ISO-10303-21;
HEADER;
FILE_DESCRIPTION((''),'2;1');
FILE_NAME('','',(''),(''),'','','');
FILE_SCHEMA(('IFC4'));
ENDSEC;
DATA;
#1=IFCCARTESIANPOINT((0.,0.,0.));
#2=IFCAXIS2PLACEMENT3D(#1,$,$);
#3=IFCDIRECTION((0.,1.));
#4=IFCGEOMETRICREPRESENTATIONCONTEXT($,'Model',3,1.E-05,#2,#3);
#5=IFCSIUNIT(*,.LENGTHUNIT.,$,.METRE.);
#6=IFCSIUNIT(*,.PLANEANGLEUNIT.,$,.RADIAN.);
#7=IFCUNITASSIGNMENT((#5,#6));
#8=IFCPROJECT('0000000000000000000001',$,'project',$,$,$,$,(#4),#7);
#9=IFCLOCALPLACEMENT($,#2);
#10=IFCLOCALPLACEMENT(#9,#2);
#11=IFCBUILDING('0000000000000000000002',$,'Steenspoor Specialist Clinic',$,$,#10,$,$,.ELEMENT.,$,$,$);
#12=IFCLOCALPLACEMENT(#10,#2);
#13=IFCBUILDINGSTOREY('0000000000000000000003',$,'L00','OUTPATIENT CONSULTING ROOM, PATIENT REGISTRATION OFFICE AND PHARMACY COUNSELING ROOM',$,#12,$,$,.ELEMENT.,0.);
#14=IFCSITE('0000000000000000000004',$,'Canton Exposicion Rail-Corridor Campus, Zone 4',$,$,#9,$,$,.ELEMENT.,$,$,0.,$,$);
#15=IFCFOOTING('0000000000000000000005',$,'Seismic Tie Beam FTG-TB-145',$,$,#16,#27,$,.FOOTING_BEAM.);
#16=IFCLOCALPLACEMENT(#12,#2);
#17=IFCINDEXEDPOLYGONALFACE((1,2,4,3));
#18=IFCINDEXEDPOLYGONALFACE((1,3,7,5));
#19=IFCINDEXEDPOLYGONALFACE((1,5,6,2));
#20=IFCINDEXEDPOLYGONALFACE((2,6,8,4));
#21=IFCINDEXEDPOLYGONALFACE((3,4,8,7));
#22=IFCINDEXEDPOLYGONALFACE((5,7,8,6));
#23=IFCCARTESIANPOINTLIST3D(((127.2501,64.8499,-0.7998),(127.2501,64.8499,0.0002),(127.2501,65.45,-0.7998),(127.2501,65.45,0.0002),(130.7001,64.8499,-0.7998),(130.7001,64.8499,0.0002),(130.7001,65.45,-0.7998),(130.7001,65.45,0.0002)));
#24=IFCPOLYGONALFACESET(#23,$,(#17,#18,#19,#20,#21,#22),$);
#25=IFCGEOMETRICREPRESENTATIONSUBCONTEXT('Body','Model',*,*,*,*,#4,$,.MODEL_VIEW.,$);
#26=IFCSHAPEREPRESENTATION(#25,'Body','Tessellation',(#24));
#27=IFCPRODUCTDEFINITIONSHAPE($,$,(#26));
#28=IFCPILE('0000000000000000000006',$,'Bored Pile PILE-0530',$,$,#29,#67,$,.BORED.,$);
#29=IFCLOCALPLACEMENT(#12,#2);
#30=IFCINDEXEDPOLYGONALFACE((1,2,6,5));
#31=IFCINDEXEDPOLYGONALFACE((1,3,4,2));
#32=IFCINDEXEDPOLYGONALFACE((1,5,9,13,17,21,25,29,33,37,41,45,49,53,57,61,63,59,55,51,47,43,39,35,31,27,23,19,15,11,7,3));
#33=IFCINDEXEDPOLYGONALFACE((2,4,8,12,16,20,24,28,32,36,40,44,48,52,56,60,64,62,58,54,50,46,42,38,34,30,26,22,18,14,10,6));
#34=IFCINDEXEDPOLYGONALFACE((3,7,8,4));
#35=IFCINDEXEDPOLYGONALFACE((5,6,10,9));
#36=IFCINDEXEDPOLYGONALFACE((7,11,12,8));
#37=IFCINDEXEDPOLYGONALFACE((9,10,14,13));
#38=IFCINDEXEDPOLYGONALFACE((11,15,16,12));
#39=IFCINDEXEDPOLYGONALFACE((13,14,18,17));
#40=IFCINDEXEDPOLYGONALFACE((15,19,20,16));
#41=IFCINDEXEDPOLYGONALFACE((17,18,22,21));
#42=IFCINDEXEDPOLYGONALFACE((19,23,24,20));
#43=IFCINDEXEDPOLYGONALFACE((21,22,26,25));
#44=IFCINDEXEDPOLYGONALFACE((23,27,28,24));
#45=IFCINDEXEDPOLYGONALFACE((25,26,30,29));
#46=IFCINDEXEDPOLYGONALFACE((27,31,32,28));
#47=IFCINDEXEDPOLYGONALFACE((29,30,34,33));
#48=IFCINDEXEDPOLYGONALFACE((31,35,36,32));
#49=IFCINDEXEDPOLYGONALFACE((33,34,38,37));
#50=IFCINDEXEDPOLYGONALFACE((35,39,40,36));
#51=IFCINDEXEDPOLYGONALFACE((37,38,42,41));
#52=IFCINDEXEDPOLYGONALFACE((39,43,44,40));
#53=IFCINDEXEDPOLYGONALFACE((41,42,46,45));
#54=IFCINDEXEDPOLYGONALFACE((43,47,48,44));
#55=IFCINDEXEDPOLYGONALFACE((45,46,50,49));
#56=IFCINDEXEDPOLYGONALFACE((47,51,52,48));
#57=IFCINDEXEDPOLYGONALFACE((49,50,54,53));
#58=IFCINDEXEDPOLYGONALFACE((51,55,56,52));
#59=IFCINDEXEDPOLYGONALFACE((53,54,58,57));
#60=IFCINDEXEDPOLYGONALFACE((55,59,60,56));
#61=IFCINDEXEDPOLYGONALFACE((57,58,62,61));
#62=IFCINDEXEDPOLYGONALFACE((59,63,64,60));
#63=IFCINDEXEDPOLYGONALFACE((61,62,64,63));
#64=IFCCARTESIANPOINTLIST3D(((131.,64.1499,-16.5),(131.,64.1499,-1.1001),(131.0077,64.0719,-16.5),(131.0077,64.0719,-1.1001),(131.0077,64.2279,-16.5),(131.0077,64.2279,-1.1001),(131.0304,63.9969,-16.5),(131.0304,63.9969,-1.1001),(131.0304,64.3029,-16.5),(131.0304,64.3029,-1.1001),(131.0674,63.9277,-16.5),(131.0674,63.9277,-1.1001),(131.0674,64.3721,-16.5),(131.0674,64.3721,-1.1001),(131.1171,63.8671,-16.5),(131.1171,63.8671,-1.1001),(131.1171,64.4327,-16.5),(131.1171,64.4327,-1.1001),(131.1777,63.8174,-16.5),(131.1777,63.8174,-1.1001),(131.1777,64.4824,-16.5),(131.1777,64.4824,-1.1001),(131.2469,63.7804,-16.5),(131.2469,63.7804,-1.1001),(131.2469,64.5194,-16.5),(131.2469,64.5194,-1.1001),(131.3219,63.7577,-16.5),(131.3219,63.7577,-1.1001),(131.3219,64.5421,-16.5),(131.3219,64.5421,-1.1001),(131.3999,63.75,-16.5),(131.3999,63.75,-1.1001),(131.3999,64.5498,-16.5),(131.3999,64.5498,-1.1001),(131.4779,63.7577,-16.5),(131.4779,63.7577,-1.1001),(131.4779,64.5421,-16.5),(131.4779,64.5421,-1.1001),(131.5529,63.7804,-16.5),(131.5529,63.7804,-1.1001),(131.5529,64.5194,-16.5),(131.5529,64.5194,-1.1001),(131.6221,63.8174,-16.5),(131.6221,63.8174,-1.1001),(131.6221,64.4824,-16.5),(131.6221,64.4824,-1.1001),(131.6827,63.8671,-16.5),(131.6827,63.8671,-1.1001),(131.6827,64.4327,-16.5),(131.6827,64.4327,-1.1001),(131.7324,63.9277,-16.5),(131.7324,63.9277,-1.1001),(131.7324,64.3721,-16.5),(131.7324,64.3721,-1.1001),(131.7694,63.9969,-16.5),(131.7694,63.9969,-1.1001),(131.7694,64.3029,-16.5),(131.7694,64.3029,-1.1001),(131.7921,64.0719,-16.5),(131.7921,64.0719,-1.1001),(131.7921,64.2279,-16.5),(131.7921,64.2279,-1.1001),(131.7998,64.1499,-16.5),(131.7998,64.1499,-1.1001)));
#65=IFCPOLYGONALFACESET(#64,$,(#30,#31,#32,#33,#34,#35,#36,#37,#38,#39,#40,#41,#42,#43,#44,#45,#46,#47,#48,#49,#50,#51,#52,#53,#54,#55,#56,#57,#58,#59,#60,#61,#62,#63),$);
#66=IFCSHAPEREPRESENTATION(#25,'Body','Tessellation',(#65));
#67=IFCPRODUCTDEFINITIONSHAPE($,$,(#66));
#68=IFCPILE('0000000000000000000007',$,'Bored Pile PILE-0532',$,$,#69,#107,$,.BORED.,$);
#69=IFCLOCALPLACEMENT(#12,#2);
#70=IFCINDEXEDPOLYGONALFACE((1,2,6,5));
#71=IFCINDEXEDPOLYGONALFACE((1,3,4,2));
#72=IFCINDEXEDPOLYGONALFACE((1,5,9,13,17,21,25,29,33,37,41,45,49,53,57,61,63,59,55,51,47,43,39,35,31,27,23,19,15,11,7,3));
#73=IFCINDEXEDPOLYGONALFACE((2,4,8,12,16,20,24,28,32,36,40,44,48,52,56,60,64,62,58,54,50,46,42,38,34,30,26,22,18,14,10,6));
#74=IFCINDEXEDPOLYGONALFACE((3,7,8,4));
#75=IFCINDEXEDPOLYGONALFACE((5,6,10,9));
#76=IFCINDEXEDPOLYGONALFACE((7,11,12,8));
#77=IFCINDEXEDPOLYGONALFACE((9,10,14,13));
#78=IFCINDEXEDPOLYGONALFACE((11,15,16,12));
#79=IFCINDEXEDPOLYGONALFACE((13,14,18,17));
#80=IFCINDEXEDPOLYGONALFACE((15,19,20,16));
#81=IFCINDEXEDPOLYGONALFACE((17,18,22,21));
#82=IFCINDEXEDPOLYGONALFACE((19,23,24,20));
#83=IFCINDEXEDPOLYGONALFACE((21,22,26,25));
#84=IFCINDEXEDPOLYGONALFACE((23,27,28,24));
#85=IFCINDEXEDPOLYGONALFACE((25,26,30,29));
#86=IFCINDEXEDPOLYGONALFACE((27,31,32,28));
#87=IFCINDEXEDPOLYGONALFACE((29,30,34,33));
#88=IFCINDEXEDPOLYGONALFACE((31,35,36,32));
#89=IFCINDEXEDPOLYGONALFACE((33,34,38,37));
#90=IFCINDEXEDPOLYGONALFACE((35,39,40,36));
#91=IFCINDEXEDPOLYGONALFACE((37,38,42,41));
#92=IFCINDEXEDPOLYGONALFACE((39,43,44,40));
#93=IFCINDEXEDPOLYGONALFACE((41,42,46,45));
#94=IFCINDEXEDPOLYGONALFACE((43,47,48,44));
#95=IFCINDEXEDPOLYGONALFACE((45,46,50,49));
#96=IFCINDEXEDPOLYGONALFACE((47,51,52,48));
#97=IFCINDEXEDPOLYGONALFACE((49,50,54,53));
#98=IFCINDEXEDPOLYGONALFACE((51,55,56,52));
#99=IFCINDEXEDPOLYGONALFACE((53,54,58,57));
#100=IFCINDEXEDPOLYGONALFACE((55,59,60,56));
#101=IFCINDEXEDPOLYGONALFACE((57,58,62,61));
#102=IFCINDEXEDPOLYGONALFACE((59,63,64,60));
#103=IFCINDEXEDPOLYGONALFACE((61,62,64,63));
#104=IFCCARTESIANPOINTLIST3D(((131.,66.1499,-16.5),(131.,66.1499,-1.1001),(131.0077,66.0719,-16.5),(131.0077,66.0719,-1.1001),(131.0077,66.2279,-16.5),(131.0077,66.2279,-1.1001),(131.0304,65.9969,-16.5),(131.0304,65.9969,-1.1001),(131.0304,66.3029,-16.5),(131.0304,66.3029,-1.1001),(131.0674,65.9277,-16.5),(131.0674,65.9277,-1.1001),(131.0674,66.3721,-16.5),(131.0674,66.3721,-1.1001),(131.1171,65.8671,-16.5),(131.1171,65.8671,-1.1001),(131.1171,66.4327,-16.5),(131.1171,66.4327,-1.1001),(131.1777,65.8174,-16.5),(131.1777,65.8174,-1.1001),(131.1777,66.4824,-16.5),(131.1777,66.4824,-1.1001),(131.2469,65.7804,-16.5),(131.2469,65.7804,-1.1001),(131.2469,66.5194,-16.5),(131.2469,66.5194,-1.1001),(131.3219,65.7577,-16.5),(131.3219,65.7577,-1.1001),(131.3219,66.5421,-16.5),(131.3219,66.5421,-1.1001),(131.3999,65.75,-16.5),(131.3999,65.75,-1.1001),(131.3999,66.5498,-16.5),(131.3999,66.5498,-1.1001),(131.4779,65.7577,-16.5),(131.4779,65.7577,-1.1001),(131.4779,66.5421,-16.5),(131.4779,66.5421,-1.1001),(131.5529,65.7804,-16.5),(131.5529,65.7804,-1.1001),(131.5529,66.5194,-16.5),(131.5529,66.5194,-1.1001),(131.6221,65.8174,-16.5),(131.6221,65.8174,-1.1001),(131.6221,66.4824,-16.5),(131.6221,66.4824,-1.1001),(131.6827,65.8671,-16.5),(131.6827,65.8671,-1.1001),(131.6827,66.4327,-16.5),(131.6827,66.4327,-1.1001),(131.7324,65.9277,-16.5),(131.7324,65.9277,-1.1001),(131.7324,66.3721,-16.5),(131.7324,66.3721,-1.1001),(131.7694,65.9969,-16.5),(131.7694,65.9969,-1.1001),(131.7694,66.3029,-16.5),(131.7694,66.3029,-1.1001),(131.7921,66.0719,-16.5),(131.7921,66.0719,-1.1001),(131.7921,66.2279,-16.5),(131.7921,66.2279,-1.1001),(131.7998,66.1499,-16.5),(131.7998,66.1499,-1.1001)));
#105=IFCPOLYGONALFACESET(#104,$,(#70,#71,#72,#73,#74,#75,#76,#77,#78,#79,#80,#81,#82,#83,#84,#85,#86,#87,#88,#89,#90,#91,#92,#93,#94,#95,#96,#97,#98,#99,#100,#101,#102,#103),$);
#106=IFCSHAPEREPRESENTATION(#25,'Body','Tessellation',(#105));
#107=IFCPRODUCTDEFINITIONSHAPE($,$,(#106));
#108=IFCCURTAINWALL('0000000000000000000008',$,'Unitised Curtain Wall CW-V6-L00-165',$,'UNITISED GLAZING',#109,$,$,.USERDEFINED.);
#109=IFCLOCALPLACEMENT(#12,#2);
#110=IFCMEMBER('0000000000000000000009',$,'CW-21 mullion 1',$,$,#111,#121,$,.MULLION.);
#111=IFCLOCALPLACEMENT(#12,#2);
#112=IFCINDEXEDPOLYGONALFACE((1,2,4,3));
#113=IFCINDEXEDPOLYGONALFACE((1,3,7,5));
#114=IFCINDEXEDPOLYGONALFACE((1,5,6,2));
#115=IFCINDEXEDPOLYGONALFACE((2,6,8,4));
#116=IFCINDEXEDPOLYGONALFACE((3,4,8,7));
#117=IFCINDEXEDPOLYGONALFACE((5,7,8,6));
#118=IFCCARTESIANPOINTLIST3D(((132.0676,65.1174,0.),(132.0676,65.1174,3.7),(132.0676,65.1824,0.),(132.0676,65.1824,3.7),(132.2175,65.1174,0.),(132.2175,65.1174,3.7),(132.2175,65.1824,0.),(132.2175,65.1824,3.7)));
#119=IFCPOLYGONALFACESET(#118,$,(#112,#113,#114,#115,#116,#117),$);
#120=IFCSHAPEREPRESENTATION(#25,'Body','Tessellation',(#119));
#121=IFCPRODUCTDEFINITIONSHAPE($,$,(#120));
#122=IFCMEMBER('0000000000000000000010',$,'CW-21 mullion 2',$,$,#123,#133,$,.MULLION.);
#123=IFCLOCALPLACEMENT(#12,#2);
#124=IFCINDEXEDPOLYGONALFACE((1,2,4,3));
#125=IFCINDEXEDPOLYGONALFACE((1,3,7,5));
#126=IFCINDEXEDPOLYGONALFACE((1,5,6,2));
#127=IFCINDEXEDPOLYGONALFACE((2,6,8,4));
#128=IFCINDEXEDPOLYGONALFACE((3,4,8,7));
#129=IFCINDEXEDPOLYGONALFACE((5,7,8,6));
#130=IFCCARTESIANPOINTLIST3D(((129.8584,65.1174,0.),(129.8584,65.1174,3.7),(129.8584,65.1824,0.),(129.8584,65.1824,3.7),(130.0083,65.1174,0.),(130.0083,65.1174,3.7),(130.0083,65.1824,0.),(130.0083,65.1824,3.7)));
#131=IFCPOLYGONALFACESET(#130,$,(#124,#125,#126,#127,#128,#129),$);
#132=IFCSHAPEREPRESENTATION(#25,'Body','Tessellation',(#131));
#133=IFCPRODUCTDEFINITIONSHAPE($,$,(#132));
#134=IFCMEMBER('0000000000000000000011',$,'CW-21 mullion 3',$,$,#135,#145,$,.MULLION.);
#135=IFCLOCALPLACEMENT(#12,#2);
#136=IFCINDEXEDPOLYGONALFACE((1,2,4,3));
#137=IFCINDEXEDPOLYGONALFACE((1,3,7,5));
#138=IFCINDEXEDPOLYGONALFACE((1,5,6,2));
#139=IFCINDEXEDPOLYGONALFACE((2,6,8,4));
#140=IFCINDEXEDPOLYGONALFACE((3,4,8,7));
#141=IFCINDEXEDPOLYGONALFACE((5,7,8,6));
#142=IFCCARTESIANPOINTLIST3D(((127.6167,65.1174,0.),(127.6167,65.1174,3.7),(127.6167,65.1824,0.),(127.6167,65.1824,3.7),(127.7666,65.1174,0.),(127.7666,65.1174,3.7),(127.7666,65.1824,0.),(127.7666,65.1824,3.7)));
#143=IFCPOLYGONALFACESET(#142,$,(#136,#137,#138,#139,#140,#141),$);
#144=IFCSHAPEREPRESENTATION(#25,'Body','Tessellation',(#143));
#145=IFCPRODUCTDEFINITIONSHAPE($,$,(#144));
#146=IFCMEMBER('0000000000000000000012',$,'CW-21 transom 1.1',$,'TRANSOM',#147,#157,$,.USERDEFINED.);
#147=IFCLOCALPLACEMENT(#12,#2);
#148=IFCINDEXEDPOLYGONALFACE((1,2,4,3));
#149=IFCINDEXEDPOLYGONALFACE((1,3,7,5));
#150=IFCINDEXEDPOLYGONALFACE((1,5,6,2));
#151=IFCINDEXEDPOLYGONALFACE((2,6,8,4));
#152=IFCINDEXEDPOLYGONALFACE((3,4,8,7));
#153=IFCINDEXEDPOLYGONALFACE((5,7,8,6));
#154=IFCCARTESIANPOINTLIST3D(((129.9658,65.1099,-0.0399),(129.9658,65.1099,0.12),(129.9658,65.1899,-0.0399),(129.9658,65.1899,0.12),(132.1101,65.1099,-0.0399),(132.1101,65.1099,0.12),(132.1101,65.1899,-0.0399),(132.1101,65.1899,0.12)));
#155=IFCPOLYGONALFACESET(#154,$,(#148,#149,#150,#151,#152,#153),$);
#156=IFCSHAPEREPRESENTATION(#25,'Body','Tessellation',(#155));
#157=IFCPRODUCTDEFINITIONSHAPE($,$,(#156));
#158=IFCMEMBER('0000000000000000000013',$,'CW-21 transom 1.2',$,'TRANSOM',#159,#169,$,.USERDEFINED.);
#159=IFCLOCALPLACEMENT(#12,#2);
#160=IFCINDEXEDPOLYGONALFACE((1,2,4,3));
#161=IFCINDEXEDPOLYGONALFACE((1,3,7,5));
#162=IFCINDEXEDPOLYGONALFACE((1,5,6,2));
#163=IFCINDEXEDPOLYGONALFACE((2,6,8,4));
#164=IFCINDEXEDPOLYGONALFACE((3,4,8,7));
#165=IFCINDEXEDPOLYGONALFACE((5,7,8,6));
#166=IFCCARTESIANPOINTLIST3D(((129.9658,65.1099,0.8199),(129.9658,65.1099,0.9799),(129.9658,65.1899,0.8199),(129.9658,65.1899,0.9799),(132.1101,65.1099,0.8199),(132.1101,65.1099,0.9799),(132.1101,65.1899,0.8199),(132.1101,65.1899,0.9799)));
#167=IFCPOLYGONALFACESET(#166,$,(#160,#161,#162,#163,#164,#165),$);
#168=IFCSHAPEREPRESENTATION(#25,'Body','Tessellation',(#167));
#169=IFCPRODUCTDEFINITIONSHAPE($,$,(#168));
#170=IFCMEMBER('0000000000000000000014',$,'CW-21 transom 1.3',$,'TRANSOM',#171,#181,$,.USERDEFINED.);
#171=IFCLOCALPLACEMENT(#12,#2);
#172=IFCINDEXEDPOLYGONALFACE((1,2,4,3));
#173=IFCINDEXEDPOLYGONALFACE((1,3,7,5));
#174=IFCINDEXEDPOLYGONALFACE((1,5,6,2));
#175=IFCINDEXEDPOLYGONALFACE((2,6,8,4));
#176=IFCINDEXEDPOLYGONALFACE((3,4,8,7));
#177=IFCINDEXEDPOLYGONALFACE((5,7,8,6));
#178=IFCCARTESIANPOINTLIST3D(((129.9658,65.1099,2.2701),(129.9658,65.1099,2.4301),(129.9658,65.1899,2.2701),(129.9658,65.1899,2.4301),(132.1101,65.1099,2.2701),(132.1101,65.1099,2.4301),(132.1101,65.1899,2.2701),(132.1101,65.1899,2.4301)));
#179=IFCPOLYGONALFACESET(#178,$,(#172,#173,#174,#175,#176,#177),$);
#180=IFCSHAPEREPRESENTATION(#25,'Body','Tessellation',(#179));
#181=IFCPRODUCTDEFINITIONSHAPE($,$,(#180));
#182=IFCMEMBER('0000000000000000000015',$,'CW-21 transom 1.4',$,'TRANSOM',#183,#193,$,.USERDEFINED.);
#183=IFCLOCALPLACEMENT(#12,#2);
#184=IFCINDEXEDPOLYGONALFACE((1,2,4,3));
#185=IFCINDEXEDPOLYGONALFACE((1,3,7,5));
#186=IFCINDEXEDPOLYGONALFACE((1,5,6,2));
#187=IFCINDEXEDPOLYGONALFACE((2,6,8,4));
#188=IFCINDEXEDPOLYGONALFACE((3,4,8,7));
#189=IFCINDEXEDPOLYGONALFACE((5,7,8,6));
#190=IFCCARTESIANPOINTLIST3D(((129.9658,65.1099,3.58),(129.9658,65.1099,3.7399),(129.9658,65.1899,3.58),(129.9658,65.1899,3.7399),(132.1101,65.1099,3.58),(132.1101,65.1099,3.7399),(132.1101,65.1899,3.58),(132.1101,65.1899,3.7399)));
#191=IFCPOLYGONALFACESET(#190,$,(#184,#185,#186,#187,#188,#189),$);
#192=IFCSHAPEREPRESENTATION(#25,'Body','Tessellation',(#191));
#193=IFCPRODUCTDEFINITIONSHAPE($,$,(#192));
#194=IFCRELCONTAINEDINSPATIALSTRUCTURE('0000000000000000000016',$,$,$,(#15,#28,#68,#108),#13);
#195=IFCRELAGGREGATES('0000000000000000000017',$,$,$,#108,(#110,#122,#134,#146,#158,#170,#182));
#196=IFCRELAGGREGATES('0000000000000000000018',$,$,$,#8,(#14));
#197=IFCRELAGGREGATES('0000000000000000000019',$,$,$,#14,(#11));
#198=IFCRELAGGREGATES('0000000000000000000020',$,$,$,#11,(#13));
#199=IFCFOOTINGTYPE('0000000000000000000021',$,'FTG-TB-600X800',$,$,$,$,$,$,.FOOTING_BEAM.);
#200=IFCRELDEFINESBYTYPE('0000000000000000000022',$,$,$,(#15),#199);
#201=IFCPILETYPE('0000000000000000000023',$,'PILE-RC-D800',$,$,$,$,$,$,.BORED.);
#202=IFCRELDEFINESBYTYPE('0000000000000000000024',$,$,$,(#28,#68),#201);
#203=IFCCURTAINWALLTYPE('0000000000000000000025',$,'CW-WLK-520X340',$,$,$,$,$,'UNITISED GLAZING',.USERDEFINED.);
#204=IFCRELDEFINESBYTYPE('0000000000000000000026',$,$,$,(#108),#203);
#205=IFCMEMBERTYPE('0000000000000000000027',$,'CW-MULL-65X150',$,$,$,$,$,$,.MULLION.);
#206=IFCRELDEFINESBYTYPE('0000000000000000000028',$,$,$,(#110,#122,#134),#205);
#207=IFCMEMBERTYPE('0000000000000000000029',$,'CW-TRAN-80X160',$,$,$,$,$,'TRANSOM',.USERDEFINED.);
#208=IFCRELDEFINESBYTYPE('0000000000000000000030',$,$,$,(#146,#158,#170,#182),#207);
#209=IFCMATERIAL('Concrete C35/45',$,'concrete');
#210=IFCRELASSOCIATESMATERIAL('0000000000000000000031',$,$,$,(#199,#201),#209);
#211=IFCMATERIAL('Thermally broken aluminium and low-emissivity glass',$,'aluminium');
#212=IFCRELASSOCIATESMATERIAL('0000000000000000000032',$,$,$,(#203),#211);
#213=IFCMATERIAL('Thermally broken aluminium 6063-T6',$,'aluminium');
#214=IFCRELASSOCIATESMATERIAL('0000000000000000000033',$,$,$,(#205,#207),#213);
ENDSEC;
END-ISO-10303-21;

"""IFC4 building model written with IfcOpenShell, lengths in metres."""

from ifc_helpers import new_model, si_unit, direction, frame, origin, origin_2d, place, context, subcontext, project, spatial, rectangle, circle, extrude, material, material_profile, profile_set, type_object, element, aggregate, save


model = new_model("IFC4")

# Units and contexts
model_context = context("Model", 3, precision=1e-05, world=origin(), true_north=direction((0.0, 1.0)))
body_context = subcontext(model_context, "Body", "Model", "MODEL_VIEW")
ifc_project = project(units=[si_unit("LENGTHUNIT", "METRE"), si_unit("PLANEANGLEUNIT", "RADIAN")], contexts=[model_context])

# Site, building, storey
site_placement = place(None, origin())
site = spatial("IfcSite", under=ifc_project, at=site_placement, Name="Canton Exposicion Rail-Corridor Campus, Zone 4", CompositionType="ELEMENT", RefElevation=0.0)
building_placement = place(site_placement, origin())
building = spatial("IfcBuilding", under=site, at=building_placement, Name="Steenspoor Specialist Clinic", CompositionType="ELEMENT")
storey_placement = place(building_placement, origin())
storey = spatial("IfcBuildingStorey", under=building, at=storey_placement, Name="L00", Description="OUTPATIENT CONSULTING ROOM, PATIENT REGISTRATION OFFICE AND PHARMACY COUNSELING ROOM", CompositionType="ELEMENT", Elevation=0.0)

# Footing
ifc_material_1 = material(Name="Concrete C35/45", Category="concrete")
footing_type = type_object("IfcFootingType", Name="FTG-TB-600X800", PredefinedType="FOOTING_BEAM", material=ifc_material_1)
footing_placement = place(storey_placement, frame((128.9751, 65.1499, -0.7998), z_axis=(0.0, 0.0, 1.0), x_axis=(1.0, 0.0, 0.0)))
element("IfcFooting", 1, at=footing_placement, inside=storey, type_object=footing_type, Name="Seismic Tie Beam FTG-TB-145", PredefinedType="FOOTING_BEAM", context=body_context, shape_type="SweptSolid", body=[
    extrude(rectangle(XDim=3.45, YDim=0.6001, at=origin_2d()), origin(), (0.0, 0.0, 1.0), 0.8),
])

# Piles
ifc_material_profile_1 = material_profile(ifc_material_1, circle(Radius=0.3999, at=origin_2d()), Name="PILE-D800")
ifc_profile_set_1 = profile_set([ifc_material_profile_1], Name="Concrete C35/45")
pile_type = type_object("IfcPileType", Name="PILE-RC-D800", PredefinedType="BORED", material=ifc_profile_set_1)
for number, where, z_axis, x_axis, name in (
    (2, (131.3999, 64.1499, -1.1001), (0.0, 0.0, -1.0), (1.0, 0.0, 0.0), "Bored Pile PILE-0530"),
    (3, (131.3999, 66.1499, -1.1001), (0.0, 0.0, -1.0), (1.0, 0.0, 0.0), "Bored Pile PILE-0532"),
):
    element("IfcPile", number, at=place(storey_placement, frame(where, z_axis=z_axis, x_axis=x_axis)), inside=storey, type_object=pile_type, Name=name, PredefinedType="BORED", context=body_context, shape_type="SweptSolid", body=[
        extrude(circle(Radius=0.3999, at=origin_2d()), origin(), (0.0, 0.0, 1.0), 15.3999),
    ])

# Curtain wall, members
ifc_material_2 = material(Name="Thermally broken aluminium and low-emissivity glass", Category="aluminium")
curtain_wall_type = type_object("IfcCurtainWallType", Name="CW-WLK-520X340", ElementType="UNITISED GLAZING", PredefinedType="USERDEFINED", material=ifc_material_2)
curtain_wall_placement = place(storey_placement, origin())
curtain_wall = element("IfcCurtainWall", 4, at=curtain_wall_placement, inside=storey, type_object=curtain_wall_type, Name="Unitised Curtain Wall CW-V6-L00-165", ObjectType="UNITISED GLAZING", PredefinedType="USERDEFINED")
ifc_material_3 = material(Name="Thermally broken aluminium 6063-T6", Category="aluminium")
ifc_material_profile_2 = material_profile(ifc_material_3, rectangle(XDim=0.0649, YDim=0.1499, at=origin_2d()), Name="CWM-65X150")
ifc_profile_set_2 = profile_set([ifc_material_profile_2], Name="Thermally broken aluminium 6063-T6")
member_type_1 = type_object("IfcMemberType", Name="CW-MULL-65X150", PredefinedType="MULLION", material=ifc_profile_set_2)
member_1_placement = place(storey_placement, frame((132.1426, 65.1499, 0.0), z_axis=(0.0, 0.0, 1.0), x_axis=(0.0, -1.0, 0.0)))
member_1 = element("IfcMember", 5, at=member_1_placement, type_object=member_type_1, Name="CW-21 mullion 1", PredefinedType="MULLION", context=body_context, shape_type="SweptSolid", body=[
    extrude(rectangle(XDim=0.0649, YDim=0.1499, at=origin_2d()), origin(), (0.0, 0.0, 1.0), 3.7),
])
member_2_placement = place(storey_placement, frame((129.9333, 65.1499, 0.0), z_axis=(0.0, 0.0, 1.0), x_axis=(0.0, -1.0, 0.0)))
member_2 = element("IfcMember", 6, at=member_2_placement, type_object=member_type_1, Name="CW-21 mullion 2", PredefinedType="MULLION", context=body_context, shape_type="SweptSolid", body=[
    extrude(rectangle(XDim=0.0649, YDim=0.1499, at=origin_2d()), origin(), (0.0, 0.0, 1.0), 3.7),
])
member_3_placement = place(storey_placement, frame((127.6917, 65.1499, 0.0), z_axis=(0.0, 0.0, 1.0), x_axis=(0.0, -1.0, 0.0)))
member_3 = element("IfcMember", 7, at=member_3_placement, type_object=member_type_1, Name="CW-21 mullion 3", PredefinedType="MULLION", context=body_context, shape_type="SweptSolid", body=[
    extrude(rectangle(XDim=0.0649, YDim=0.1499, at=origin_2d()), origin(), (0.0, 0.0, 1.0), 3.7),
])
ifc_material_profile_3 = material_profile(ifc_material_3, rectangle(XDim=0.0801, YDim=0.1599, at=origin_2d()), Name="CWT-80X160")
ifc_profile_set_3 = profile_set([ifc_material_profile_3], Name="Thermally broken aluminium 6063-T6")
member_type_2 = type_object("IfcMemberType", Name="CW-TRAN-80X160", ElementType="TRANSOM", PredefinedType="USERDEFINED", material=ifc_profile_set_3)
member_4_placement = place(storey_placement, frame((132.1101, 65.1499, 0.04), z_axis=(-1.0, 0.0, 0.0), x_axis=(0.0, -1.0, 0.0)))
member_4 = element("IfcMember", 8, at=member_4_placement, type_object=member_type_2, Name="CW-21 transom 1.1", ObjectType="TRANSOM", PredefinedType="USERDEFINED", context=body_context, shape_type="SweptSolid", body=[
    extrude(rectangle(XDim=0.0801, YDim=0.1599, at=origin_2d()), origin(), (0.0, 0.0, 1.0), 2.1443),
])
member_5_placement = place(storey_placement, frame((132.1101, 65.1499, 0.8999), z_axis=(-1.0, 0.0, 0.0), x_axis=(0.0, -1.0, 0.0)))
member_5 = element("IfcMember", 9, at=member_5_placement, type_object=member_type_2, Name="CW-21 transom 1.2", ObjectType="TRANSOM", PredefinedType="USERDEFINED", context=body_context, shape_type="SweptSolid", body=[
    extrude(rectangle(XDim=0.0801, YDim=0.1599, at=origin_2d()), origin(), (0.0, 0.0, 1.0), 2.1443),
])
member_6_placement = place(storey_placement, frame((132.1101, 65.1499, 2.3501), z_axis=(-1.0, 0.0, 0.0), x_axis=(0.0, -1.0, 0.0)))
member_6 = element("IfcMember", 10, at=member_6_placement, type_object=member_type_2, Name="CW-21 transom 1.3", ObjectType="TRANSOM", PredefinedType="USERDEFINED", context=body_context, shape_type="SweptSolid", body=[
    extrude(rectangle(XDim=0.0801, YDim=0.1599, at=origin_2d()), origin(), (0.0, 0.0, 1.0), 2.1443),
])
member_7_placement = place(storey_placement, frame((132.1101, 65.1499, 3.6599), z_axis=(-1.0, 0.0, 0.0), x_axis=(0.0, -1.0, 0.0)))
member_7 = element("IfcMember", 11, at=member_7_placement, type_object=member_type_2, Name="CW-21 transom 1.4", ObjectType="TRANSOM", PredefinedType="USERDEFINED", context=body_context, shape_type="SweptSolid", body=[
    extrude(rectangle(XDim=0.0801, YDim=0.1599, at=origin_2d()), origin(), (0.0, 0.0, 1.0), 2.1443),
])
aggregate(curtain_wall, [member_1, member_2, member_3, member_4, member_5, member_6, member_7])

save(model, "model.ifc")
